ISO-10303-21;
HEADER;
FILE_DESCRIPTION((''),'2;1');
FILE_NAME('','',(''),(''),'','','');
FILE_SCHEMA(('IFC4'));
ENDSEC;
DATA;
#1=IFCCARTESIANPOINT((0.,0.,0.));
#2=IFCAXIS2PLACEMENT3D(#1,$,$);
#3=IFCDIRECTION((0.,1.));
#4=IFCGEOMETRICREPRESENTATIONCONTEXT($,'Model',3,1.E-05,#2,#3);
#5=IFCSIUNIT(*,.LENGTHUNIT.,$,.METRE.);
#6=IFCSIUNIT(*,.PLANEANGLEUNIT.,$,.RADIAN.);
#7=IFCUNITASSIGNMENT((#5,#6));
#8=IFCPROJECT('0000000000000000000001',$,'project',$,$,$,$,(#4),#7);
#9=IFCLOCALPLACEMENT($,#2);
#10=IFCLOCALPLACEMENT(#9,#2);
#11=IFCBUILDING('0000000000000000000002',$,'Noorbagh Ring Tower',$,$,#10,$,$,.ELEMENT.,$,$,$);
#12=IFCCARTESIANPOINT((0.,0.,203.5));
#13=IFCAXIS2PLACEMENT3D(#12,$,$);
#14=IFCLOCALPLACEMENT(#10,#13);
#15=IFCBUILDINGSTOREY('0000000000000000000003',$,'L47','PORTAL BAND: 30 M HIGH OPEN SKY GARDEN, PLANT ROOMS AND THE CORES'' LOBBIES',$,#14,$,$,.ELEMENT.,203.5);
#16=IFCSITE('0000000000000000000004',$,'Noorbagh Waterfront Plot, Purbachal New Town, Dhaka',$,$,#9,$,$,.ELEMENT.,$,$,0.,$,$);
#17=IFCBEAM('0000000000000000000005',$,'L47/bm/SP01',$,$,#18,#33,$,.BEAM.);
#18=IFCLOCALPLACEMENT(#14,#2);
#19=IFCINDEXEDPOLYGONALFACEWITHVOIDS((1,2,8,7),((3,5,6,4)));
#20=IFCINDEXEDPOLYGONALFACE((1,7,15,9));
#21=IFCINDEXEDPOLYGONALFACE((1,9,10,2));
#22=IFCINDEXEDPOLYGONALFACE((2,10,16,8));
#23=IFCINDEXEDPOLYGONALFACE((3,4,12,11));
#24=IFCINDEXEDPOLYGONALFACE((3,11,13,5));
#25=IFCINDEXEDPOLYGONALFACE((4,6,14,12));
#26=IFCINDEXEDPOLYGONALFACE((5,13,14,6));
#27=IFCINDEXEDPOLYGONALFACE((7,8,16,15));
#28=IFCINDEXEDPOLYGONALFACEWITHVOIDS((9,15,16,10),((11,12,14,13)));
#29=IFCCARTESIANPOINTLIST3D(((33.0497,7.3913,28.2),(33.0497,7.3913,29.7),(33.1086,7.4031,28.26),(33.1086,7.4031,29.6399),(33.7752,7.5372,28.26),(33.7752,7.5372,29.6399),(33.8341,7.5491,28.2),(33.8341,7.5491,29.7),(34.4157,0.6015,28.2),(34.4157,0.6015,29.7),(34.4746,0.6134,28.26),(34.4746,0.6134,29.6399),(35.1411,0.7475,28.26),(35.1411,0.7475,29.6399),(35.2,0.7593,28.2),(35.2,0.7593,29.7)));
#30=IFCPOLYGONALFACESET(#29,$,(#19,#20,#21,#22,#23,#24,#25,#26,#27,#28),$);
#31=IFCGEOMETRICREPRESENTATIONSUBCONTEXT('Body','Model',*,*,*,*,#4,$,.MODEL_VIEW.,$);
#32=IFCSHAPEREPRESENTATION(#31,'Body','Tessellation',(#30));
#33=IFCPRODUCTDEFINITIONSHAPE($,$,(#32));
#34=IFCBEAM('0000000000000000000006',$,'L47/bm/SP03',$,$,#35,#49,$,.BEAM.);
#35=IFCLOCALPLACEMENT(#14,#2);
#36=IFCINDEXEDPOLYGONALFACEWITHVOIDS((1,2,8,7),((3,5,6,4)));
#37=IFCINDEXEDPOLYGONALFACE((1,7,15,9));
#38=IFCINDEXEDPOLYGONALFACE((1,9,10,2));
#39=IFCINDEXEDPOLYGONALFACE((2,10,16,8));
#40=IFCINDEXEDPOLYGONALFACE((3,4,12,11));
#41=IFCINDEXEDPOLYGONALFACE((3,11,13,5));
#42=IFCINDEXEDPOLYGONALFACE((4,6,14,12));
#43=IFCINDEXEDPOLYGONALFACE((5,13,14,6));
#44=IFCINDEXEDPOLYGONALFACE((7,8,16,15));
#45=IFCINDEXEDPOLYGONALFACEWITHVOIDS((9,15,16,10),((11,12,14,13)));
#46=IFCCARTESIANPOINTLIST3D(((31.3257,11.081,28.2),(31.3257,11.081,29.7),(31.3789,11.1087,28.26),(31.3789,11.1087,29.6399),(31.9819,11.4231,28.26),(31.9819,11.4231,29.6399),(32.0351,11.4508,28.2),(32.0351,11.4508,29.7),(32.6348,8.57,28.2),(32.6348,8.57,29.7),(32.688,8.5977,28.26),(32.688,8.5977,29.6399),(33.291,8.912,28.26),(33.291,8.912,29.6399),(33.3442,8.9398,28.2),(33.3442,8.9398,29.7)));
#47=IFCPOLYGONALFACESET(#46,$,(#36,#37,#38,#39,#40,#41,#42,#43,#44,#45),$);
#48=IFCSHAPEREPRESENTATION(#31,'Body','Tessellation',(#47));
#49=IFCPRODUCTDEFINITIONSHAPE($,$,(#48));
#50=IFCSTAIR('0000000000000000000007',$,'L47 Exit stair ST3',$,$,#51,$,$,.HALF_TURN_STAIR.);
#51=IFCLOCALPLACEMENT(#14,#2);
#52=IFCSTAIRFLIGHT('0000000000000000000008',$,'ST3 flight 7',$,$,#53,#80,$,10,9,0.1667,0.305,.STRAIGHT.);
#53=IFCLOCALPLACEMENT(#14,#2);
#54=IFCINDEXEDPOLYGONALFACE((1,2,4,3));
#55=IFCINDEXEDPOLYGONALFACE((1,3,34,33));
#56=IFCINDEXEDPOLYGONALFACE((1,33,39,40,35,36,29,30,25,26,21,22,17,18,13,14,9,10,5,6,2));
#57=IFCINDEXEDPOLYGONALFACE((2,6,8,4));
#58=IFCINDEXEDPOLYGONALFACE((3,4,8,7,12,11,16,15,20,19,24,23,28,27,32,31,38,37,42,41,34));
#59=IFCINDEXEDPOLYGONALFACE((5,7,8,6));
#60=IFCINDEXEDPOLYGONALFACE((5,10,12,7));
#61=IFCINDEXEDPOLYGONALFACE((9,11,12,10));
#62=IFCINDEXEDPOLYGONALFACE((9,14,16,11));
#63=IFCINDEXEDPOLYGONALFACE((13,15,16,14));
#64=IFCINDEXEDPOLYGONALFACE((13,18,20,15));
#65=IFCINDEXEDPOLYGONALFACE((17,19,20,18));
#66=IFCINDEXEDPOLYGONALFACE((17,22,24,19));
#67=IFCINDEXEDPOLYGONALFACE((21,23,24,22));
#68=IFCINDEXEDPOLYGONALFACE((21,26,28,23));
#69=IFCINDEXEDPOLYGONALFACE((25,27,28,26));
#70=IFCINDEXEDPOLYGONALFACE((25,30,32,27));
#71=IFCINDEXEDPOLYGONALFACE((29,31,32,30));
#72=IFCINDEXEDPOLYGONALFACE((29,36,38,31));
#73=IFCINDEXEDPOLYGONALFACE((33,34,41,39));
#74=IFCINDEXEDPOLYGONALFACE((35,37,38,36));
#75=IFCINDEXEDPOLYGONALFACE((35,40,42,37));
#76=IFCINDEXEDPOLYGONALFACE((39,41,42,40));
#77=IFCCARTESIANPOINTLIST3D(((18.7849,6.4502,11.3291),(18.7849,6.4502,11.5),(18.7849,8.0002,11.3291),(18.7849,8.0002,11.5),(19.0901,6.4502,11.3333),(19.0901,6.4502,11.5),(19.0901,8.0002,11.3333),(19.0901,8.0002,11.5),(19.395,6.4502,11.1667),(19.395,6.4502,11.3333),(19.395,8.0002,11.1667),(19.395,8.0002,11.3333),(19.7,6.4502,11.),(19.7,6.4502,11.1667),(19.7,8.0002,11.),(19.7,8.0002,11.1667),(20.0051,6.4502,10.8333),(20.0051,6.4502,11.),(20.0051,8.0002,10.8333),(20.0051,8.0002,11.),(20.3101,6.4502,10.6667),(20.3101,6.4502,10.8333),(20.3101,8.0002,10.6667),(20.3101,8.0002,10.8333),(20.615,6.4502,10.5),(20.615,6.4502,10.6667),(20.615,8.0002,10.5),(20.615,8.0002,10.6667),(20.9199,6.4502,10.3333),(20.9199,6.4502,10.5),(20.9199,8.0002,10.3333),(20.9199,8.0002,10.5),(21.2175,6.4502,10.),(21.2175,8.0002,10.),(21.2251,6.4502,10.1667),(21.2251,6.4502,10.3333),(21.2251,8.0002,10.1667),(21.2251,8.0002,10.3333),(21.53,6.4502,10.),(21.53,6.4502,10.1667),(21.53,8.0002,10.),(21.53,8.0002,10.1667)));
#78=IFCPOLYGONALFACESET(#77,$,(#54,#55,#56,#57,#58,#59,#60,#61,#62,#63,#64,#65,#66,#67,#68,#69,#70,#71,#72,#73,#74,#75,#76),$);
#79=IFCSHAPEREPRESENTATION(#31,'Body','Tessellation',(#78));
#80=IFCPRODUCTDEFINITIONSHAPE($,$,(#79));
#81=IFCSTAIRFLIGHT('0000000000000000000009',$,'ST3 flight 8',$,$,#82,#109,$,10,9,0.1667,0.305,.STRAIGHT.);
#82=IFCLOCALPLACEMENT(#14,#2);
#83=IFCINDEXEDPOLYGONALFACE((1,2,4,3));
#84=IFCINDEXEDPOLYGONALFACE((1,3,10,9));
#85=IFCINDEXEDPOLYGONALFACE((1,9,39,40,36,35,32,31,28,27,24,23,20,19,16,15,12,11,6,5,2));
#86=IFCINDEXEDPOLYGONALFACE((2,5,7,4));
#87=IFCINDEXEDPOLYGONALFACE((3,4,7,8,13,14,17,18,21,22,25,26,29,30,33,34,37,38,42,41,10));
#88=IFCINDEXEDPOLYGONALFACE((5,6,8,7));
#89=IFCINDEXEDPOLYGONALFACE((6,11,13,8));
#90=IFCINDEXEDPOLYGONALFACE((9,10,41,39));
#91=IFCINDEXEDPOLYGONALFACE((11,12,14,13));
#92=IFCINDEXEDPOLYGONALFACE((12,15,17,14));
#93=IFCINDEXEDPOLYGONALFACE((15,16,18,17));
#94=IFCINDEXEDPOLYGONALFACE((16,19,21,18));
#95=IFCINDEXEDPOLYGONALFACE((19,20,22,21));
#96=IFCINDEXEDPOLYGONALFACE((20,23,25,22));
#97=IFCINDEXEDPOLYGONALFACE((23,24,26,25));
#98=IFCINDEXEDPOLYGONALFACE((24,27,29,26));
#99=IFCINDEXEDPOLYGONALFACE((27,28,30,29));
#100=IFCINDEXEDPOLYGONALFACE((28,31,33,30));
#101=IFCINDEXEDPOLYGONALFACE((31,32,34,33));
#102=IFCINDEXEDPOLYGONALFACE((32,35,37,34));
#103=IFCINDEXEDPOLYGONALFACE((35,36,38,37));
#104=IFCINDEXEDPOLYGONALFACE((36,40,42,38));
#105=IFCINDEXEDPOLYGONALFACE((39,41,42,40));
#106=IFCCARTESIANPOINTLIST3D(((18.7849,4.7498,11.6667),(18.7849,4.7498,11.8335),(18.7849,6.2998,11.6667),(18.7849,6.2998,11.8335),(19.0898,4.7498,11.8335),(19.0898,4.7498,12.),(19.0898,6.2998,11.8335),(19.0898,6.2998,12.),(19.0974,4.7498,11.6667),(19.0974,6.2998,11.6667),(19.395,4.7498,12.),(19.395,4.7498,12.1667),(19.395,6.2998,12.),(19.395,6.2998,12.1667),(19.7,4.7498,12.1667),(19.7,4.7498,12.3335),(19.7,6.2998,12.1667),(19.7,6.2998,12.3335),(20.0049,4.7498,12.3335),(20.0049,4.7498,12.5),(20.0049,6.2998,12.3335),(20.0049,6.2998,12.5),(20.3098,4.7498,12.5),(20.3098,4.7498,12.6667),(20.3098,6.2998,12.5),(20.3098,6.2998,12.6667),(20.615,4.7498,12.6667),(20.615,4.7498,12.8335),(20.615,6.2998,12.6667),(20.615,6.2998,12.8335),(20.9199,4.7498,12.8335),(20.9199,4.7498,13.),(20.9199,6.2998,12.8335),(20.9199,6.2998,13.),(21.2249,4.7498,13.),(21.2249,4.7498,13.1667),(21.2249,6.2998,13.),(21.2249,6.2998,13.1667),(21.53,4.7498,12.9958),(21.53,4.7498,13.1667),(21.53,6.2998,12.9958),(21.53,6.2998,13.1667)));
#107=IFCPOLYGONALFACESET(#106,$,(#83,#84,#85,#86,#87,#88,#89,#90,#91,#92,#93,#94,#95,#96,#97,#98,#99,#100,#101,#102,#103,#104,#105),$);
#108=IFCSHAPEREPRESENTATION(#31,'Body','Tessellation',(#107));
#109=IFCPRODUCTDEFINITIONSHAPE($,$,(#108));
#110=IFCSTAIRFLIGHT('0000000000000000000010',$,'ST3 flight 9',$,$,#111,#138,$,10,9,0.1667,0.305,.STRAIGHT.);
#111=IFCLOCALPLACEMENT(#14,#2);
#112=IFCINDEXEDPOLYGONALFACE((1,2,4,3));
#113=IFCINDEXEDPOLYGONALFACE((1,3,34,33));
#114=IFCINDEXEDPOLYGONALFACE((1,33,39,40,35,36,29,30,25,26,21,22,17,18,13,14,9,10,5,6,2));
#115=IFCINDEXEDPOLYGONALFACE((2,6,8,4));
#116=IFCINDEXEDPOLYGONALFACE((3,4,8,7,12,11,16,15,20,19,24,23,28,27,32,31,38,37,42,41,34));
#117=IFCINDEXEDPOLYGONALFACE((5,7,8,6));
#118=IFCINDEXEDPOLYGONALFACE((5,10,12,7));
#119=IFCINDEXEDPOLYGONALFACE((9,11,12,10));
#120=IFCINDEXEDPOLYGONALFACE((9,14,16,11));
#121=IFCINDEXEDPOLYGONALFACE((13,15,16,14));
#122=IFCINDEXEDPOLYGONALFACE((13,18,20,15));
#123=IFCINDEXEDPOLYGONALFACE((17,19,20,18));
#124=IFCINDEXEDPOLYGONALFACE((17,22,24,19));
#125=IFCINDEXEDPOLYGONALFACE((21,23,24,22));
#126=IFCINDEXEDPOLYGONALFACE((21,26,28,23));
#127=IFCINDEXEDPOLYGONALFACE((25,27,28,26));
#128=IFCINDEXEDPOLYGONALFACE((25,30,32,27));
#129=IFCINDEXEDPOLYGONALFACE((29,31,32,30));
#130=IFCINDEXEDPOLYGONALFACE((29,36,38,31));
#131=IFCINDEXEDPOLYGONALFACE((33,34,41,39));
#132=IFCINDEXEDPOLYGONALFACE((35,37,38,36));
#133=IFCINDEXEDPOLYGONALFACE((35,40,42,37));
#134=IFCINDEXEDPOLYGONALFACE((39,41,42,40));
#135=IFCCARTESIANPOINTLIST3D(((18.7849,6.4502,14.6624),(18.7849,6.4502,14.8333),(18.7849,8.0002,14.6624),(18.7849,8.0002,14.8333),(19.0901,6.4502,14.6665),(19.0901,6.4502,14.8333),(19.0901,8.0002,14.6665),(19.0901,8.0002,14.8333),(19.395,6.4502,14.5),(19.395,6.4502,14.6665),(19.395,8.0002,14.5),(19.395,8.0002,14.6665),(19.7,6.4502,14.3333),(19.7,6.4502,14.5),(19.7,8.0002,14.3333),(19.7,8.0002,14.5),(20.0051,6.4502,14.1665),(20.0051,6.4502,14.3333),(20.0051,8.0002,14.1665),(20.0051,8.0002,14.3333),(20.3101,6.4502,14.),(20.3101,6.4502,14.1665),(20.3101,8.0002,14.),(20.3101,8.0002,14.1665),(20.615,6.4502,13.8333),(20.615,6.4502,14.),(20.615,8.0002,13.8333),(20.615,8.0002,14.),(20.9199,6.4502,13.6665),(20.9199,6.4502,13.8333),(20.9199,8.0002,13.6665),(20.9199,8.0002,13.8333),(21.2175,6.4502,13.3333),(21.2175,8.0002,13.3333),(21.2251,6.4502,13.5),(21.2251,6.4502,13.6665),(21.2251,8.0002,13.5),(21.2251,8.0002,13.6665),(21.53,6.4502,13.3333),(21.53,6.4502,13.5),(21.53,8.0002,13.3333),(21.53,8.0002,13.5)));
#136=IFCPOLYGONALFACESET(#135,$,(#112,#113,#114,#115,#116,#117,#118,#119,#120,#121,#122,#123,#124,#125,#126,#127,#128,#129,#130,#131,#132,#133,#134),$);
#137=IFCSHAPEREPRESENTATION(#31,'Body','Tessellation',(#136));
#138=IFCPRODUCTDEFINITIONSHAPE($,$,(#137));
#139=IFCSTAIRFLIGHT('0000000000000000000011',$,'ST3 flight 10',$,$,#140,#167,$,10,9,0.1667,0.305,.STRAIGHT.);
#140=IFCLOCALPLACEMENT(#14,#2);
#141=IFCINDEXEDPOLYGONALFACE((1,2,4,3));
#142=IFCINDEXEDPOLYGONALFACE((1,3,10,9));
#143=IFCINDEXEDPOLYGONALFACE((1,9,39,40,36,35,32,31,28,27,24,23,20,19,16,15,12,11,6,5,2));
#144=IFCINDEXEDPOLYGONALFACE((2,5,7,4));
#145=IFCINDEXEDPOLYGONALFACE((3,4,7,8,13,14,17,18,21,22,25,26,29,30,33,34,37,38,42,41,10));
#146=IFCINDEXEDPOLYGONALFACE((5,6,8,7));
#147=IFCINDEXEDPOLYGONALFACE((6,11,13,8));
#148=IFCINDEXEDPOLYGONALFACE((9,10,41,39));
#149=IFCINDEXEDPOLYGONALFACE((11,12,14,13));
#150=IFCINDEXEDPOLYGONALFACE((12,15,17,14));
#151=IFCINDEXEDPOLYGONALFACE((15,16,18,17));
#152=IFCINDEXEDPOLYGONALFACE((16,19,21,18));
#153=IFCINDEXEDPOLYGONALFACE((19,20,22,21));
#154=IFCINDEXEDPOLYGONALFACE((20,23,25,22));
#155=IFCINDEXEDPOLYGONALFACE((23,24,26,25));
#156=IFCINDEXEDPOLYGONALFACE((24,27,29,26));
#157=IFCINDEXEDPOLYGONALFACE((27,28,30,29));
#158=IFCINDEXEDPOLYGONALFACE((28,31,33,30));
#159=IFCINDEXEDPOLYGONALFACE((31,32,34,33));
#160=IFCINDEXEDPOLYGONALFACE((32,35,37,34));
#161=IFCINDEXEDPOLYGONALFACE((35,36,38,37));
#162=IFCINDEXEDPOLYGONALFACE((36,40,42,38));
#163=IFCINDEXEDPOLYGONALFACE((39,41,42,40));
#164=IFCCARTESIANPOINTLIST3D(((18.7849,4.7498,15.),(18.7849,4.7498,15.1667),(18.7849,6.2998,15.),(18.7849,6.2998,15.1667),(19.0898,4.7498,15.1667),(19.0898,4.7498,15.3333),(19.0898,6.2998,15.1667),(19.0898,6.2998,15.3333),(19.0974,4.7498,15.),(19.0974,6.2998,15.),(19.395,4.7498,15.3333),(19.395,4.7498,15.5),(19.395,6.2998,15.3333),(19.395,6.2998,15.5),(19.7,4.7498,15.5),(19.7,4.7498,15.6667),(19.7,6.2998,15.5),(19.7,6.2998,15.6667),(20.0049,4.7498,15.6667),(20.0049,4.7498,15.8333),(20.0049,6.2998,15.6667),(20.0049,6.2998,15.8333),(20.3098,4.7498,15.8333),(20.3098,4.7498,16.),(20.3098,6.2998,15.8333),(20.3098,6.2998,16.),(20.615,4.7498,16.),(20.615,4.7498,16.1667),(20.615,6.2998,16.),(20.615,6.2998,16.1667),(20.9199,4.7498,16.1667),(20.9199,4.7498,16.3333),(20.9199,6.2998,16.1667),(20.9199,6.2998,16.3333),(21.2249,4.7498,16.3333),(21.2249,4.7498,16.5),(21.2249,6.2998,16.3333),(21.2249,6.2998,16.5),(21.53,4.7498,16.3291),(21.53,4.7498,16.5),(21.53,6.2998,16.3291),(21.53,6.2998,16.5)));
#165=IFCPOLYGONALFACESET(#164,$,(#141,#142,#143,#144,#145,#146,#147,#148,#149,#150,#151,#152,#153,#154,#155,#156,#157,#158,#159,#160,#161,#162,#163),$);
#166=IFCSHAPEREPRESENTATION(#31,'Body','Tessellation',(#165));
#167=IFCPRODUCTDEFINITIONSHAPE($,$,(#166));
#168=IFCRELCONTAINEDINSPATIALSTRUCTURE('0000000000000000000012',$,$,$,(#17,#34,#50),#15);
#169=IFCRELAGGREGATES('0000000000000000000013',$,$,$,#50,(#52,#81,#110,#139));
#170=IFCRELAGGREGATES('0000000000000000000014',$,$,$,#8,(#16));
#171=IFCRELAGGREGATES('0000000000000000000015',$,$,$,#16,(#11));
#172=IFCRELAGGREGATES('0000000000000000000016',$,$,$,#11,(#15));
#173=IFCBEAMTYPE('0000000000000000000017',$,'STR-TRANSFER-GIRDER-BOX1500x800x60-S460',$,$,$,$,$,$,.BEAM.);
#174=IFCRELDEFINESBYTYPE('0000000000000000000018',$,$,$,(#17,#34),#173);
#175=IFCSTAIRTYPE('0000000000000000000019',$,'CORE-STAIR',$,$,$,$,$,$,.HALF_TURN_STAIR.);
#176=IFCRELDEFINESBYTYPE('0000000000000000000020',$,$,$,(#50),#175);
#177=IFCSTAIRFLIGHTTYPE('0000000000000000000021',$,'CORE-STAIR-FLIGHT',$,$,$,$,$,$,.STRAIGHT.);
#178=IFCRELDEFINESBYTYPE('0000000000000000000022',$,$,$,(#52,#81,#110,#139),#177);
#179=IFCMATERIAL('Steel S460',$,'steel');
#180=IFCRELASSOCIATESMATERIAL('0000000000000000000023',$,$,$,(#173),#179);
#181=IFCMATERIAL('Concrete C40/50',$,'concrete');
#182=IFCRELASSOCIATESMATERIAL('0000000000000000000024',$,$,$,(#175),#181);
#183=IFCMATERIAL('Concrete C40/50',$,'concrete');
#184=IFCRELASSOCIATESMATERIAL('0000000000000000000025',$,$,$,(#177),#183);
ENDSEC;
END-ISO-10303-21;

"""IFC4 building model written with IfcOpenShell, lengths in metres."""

from ifc_helpers import new_model, si_unit, direction, frame, origin, origin_2d, place, context, subcontext, project, spatial, polyline, hollow_rectangle, outline, extrude, material, material_profile, profile_set, type_object, element, aggregate, save


model = new_model("IFC4")

# Units and contexts
model_context = context("Model", 3, precision=1e-05, world=origin(), true_north=direction((0.0, 1.0)))
body_context = subcontext(model_context, "Body", "Model", "MODEL_VIEW")
ifc_project = project(units=[si_unit("LENGTHUNIT", "METRE"), si_unit("PLANEANGLEUNIT", "RADIAN")], contexts=[model_context])

# Site, building, storey
site_placement = place(None, origin())
site = spatial("IfcSite", under=ifc_project, at=site_placement, Name="Noorbagh Waterfront Plot, Purbachal New Town, Dhaka", CompositionType="ELEMENT", RefElevation=0.0)
building_placement = place(site_placement, origin())
building = spatial("IfcBuilding", under=site, at=building_placement, Name="Noorbagh Ring Tower", CompositionType="ELEMENT")
storey_placement = place(building_placement, frame((0.0, 0.0, 203.5)))
storey = spatial("IfcBuildingStorey", under=building, at=storey_placement, Name="L47", Description="PORTAL BAND: 30 M HIGH OPEN SKY GARDEN, PLANT ROOMS AND THE CORES' LOBBIES", CompositionType="ELEMENT", Elevation=203.5)

# Beams
ifc_material_1 = material(Name="Steel S460", Category="steel")
ifc_material_profile_1 = material_profile(ifc_material_1, hollow_rectangle(XDim=0.8, YDim=1.5, WallThickness=0.0601, at=origin_2d()), Name="BOX1500x800x60")
ifc_profile_set_1 = profile_set([ifc_material_profile_1], Name="Steel S460")
beam_type_1 = type_object("IfcBeamType", Name="STR-TRANSFER-GIRDER-BOX1500x800x60-S460", PredefinedType="BEAM", material=ifc_profile_set_1)
beam_1_placement = place(storey_placement, frame((34.8079, 0.6804, 28.95), z_axis=(-0.197228, 0.980358, 0.0), x_axis=(-0.980358, -0.197228, 0.0)))
element("IfcBeam", 1, at=beam_1_placement, inside=storey, type_object=beam_type_1, Name="L47/bm/SP01", PredefinedType="BEAM", context=body_context, shape_type="SweptSolid", body=[
    extrude(hollow_rectangle(XDim=0.8, YDim=1.5, WallThickness=0.0601, at=origin_2d()), origin(), (0.0, 0.0, 1.0), 6.9258),
])
beam_2_placement = place(storey_placement, frame((32.9895, 8.7549, 28.95), z_axis=(-0.462289, 0.886729, 0.0), x_axis=(-0.886729, -0.462289, 0.0)))
element("IfcBeam", 2, at=beam_2_placement, inside=storey, type_object=beam_type_1, Name="L47/bm/SP03", PredefinedType="BEAM", context=body_context, shape_type="SweptSolid", body=[
    extrude(hollow_rectangle(XDim=0.8, YDim=1.5, WallThickness=0.0601, at=origin_2d()), origin(), (0.0, 0.0, 1.0), 2.8318),
])

# Stair, stair flights
ifc_material_2 = material(Name="Concrete C40/50", Category="concrete")
stair_type = type_object("IfcStairType", Name="CORE-STAIR", PredefinedType="HALF_TURN_STAIR", material=ifc_material_2)
stair_placement = place(storey_placement, origin())
stair = element("IfcStair", 3, at=stair_placement, inside=storey, type_object=stair_type, Name="L47 Exit stair ST3", PredefinedType="HALF_TURN_STAIR")
ifc_material_3 = material(Name="Concrete C40/50", Category="concrete")
stair_flight_type = type_object("IfcStairFlightType", Name="CORE-STAIR-FLIGHT", PredefinedType="STRAIGHT", material=ifc_material_3)
stair_flight_1_placement = place(storey_placement, frame((21.53, 7.2251, 10.0), z_axis=(0.0, 0.0, 1.0), x_axis=(-1.0, 0.0, 0.0)))
stair_flight_1 = element("IfcStairFlight", 4, at=stair_flight_1_placement, type_object=stair_flight_type, Name="ST3 flight 7", NumberOfRisers=10, NumberOfTreads=9, PredefinedType="STRAIGHT", RiserHeight=0.1667, TreadLength=0.305, context=body_context, shape_type="SweptSolid", body=[
    extrude(outline(polyline([(0.0, 0.0), (0.0, 0.1667), (0.3049, 0.1667), (0.3049, 0.3333), (0.6101, 0.3333), (0.6101, 0.5), (0.915, 0.5), (0.915, 0.6667), (1.22, 0.6667), (1.22, 0.8333), (1.5249, 0.8333), (1.5249, 1.0), (1.8301, 1.0), (1.8301, 1.1667), (2.135, 1.1667), (2.135, 1.3333), (2.4399, 1.3333), (2.4399, 1.5), (2.7451, 1.5), (2.7451, 1.6667), (2.7451, 1.3291), (0.3125, 0.0), (0.0, 0.0)])), frame((0.0, 0.7749, 0.0), z_axis=(0.0, -1.0, 0.0), x_axis=(1.0, 0.0, 0.0)), (0.0, 0.0, 1.0), 1.55),
])
stair_flight_2_placement = place(storey_placement, frame((18.7849, 5.5249, 11.6667), z_axis=(0.0, 0.0, 1.0), x_axis=(1.0, 0.0, 0.0)))
stair_flight_2 = element("IfcStairFlight", 5, at=stair_flight_2_placement, type_object=stair_flight_type, Name="ST3 flight 8", NumberOfRisers=10, NumberOfTreads=9, PredefinedType="STRAIGHT", RiserHeight=0.1667, TreadLength=0.305, context=body_context, shape_type="SweptSolid", body=[
    extrude(outline(polyline([(0.0, 0.0), (0.0, 0.1667), (0.3049, 0.1667), (0.3049, 0.3333), (0.6101, 0.3333), (0.6101, 0.5), (0.915, 0.5), (0.915, 0.6667), (1.22, 0.6667), (1.22, 0.8333), (1.5249, 0.8333), (1.5249, 1.0), (1.8301, 1.0), (1.8301, 1.1667), (2.135, 1.1667), (2.135, 1.3333), (2.4399, 1.3333), (2.4399, 1.5), (2.7451, 1.5), (2.7451, 1.6667), (2.7451, 1.3291), (0.3125, 0.0), (0.0, 0.0)])), frame((0.0, 0.7749, 0.0), z_axis=(0.0, -1.0, 0.0), x_axis=(1.0, 0.0, 0.0)), (0.0, 0.0, 1.0), 1.55),
])
stair_flight_3_placement = place(storey_placement, frame((21.53, 7.2251, 13.3333), z_axis=(0.0, 0.0, 1.0), x_axis=(-1.0, 0.0, 0.0)))
stair_flight_3 = element("IfcStairFlight", 6, at=stair_flight_3_placement, type_object=stair_flight_type, Name="ST3 flight 9", NumberOfRisers=10, NumberOfTreads=9, PredefinedType="STRAIGHT", RiserHeight=0.1667, TreadLength=0.305, context=body_context, shape_type="SweptSolid", body=[
    extrude(outline(polyline([(0.0, 0.0), (0.0, 0.1667), (0.3049, 0.1667), (0.3049, 0.3333), (0.6101, 0.3333), (0.6101, 0.5), (0.915, 0.5), (0.915, 0.6667), (1.22, 0.6667), (1.22, 0.8333), (1.5249, 0.8333), (1.5249, 1.0), (1.8301, 1.0), (1.8301, 1.1667), (2.135, 1.1667), (2.135, 1.3333), (2.4399, 1.3333), (2.4399, 1.5), (2.7451, 1.5), (2.7451, 1.6667), (2.7451, 1.3291), (0.3125, 0.0), (0.0, 0.0)])), frame((0.0, 0.7749, 0.0), z_axis=(0.0, -1.0, 0.0), x_axis=(1.0, 0.0, 0.0)), (0.0, 0.0, 1.0), 1.55),
])
stair_flight_4_placement = place(storey_placement, frame((18.7849, 5.5249, 15.0), z_axis=(0.0, 0.0, 1.0), x_axis=(1.0, 0.0, 0.0)))
stair_flight_4 = element("IfcStairFlight", 7, at=stair_flight_4_placement, type_object=stair_flight_type, Name="ST3 flight 10", NumberOfRisers=10, NumberOfTreads=9, PredefinedType="STRAIGHT", RiserHeight=0.1667, TreadLength=0.305, context=body_context, shape_type="SweptSolid", body=[
    extrude(outline(polyline([(0.0, 0.0), (0.0, 0.1667), (0.3049, 0.1667), (0.3049, 0.3333), (0.6101, 0.3333), (0.6101, 0.5), (0.915, 0.5), (0.915, 0.6667), (1.22, 0.6667), (1.22, 0.8333), (1.5249, 0.8333), (1.5249, 1.0), (1.8301, 1.0), (1.8301, 1.1667), (2.135, 1.1667), (2.135, 1.3333), (2.4399, 1.3333), (2.4399, 1.5), (2.7451, 1.5), (2.7451, 1.6667), (2.7451, 1.3291), (0.3125, 0.0), (0.0, 0.0)])), frame((0.0, 0.7749, 0.0), z_axis=(0.0, -1.0, 0.0), x_axis=(1.0, 0.0, 0.0)), (0.0, 0.0, 1.0), 1.55),
])
aggregate(stair, [stair_flight_1, stair_flight_2, stair_flight_3, stair_flight_4])

save(model, "model.ifc")
